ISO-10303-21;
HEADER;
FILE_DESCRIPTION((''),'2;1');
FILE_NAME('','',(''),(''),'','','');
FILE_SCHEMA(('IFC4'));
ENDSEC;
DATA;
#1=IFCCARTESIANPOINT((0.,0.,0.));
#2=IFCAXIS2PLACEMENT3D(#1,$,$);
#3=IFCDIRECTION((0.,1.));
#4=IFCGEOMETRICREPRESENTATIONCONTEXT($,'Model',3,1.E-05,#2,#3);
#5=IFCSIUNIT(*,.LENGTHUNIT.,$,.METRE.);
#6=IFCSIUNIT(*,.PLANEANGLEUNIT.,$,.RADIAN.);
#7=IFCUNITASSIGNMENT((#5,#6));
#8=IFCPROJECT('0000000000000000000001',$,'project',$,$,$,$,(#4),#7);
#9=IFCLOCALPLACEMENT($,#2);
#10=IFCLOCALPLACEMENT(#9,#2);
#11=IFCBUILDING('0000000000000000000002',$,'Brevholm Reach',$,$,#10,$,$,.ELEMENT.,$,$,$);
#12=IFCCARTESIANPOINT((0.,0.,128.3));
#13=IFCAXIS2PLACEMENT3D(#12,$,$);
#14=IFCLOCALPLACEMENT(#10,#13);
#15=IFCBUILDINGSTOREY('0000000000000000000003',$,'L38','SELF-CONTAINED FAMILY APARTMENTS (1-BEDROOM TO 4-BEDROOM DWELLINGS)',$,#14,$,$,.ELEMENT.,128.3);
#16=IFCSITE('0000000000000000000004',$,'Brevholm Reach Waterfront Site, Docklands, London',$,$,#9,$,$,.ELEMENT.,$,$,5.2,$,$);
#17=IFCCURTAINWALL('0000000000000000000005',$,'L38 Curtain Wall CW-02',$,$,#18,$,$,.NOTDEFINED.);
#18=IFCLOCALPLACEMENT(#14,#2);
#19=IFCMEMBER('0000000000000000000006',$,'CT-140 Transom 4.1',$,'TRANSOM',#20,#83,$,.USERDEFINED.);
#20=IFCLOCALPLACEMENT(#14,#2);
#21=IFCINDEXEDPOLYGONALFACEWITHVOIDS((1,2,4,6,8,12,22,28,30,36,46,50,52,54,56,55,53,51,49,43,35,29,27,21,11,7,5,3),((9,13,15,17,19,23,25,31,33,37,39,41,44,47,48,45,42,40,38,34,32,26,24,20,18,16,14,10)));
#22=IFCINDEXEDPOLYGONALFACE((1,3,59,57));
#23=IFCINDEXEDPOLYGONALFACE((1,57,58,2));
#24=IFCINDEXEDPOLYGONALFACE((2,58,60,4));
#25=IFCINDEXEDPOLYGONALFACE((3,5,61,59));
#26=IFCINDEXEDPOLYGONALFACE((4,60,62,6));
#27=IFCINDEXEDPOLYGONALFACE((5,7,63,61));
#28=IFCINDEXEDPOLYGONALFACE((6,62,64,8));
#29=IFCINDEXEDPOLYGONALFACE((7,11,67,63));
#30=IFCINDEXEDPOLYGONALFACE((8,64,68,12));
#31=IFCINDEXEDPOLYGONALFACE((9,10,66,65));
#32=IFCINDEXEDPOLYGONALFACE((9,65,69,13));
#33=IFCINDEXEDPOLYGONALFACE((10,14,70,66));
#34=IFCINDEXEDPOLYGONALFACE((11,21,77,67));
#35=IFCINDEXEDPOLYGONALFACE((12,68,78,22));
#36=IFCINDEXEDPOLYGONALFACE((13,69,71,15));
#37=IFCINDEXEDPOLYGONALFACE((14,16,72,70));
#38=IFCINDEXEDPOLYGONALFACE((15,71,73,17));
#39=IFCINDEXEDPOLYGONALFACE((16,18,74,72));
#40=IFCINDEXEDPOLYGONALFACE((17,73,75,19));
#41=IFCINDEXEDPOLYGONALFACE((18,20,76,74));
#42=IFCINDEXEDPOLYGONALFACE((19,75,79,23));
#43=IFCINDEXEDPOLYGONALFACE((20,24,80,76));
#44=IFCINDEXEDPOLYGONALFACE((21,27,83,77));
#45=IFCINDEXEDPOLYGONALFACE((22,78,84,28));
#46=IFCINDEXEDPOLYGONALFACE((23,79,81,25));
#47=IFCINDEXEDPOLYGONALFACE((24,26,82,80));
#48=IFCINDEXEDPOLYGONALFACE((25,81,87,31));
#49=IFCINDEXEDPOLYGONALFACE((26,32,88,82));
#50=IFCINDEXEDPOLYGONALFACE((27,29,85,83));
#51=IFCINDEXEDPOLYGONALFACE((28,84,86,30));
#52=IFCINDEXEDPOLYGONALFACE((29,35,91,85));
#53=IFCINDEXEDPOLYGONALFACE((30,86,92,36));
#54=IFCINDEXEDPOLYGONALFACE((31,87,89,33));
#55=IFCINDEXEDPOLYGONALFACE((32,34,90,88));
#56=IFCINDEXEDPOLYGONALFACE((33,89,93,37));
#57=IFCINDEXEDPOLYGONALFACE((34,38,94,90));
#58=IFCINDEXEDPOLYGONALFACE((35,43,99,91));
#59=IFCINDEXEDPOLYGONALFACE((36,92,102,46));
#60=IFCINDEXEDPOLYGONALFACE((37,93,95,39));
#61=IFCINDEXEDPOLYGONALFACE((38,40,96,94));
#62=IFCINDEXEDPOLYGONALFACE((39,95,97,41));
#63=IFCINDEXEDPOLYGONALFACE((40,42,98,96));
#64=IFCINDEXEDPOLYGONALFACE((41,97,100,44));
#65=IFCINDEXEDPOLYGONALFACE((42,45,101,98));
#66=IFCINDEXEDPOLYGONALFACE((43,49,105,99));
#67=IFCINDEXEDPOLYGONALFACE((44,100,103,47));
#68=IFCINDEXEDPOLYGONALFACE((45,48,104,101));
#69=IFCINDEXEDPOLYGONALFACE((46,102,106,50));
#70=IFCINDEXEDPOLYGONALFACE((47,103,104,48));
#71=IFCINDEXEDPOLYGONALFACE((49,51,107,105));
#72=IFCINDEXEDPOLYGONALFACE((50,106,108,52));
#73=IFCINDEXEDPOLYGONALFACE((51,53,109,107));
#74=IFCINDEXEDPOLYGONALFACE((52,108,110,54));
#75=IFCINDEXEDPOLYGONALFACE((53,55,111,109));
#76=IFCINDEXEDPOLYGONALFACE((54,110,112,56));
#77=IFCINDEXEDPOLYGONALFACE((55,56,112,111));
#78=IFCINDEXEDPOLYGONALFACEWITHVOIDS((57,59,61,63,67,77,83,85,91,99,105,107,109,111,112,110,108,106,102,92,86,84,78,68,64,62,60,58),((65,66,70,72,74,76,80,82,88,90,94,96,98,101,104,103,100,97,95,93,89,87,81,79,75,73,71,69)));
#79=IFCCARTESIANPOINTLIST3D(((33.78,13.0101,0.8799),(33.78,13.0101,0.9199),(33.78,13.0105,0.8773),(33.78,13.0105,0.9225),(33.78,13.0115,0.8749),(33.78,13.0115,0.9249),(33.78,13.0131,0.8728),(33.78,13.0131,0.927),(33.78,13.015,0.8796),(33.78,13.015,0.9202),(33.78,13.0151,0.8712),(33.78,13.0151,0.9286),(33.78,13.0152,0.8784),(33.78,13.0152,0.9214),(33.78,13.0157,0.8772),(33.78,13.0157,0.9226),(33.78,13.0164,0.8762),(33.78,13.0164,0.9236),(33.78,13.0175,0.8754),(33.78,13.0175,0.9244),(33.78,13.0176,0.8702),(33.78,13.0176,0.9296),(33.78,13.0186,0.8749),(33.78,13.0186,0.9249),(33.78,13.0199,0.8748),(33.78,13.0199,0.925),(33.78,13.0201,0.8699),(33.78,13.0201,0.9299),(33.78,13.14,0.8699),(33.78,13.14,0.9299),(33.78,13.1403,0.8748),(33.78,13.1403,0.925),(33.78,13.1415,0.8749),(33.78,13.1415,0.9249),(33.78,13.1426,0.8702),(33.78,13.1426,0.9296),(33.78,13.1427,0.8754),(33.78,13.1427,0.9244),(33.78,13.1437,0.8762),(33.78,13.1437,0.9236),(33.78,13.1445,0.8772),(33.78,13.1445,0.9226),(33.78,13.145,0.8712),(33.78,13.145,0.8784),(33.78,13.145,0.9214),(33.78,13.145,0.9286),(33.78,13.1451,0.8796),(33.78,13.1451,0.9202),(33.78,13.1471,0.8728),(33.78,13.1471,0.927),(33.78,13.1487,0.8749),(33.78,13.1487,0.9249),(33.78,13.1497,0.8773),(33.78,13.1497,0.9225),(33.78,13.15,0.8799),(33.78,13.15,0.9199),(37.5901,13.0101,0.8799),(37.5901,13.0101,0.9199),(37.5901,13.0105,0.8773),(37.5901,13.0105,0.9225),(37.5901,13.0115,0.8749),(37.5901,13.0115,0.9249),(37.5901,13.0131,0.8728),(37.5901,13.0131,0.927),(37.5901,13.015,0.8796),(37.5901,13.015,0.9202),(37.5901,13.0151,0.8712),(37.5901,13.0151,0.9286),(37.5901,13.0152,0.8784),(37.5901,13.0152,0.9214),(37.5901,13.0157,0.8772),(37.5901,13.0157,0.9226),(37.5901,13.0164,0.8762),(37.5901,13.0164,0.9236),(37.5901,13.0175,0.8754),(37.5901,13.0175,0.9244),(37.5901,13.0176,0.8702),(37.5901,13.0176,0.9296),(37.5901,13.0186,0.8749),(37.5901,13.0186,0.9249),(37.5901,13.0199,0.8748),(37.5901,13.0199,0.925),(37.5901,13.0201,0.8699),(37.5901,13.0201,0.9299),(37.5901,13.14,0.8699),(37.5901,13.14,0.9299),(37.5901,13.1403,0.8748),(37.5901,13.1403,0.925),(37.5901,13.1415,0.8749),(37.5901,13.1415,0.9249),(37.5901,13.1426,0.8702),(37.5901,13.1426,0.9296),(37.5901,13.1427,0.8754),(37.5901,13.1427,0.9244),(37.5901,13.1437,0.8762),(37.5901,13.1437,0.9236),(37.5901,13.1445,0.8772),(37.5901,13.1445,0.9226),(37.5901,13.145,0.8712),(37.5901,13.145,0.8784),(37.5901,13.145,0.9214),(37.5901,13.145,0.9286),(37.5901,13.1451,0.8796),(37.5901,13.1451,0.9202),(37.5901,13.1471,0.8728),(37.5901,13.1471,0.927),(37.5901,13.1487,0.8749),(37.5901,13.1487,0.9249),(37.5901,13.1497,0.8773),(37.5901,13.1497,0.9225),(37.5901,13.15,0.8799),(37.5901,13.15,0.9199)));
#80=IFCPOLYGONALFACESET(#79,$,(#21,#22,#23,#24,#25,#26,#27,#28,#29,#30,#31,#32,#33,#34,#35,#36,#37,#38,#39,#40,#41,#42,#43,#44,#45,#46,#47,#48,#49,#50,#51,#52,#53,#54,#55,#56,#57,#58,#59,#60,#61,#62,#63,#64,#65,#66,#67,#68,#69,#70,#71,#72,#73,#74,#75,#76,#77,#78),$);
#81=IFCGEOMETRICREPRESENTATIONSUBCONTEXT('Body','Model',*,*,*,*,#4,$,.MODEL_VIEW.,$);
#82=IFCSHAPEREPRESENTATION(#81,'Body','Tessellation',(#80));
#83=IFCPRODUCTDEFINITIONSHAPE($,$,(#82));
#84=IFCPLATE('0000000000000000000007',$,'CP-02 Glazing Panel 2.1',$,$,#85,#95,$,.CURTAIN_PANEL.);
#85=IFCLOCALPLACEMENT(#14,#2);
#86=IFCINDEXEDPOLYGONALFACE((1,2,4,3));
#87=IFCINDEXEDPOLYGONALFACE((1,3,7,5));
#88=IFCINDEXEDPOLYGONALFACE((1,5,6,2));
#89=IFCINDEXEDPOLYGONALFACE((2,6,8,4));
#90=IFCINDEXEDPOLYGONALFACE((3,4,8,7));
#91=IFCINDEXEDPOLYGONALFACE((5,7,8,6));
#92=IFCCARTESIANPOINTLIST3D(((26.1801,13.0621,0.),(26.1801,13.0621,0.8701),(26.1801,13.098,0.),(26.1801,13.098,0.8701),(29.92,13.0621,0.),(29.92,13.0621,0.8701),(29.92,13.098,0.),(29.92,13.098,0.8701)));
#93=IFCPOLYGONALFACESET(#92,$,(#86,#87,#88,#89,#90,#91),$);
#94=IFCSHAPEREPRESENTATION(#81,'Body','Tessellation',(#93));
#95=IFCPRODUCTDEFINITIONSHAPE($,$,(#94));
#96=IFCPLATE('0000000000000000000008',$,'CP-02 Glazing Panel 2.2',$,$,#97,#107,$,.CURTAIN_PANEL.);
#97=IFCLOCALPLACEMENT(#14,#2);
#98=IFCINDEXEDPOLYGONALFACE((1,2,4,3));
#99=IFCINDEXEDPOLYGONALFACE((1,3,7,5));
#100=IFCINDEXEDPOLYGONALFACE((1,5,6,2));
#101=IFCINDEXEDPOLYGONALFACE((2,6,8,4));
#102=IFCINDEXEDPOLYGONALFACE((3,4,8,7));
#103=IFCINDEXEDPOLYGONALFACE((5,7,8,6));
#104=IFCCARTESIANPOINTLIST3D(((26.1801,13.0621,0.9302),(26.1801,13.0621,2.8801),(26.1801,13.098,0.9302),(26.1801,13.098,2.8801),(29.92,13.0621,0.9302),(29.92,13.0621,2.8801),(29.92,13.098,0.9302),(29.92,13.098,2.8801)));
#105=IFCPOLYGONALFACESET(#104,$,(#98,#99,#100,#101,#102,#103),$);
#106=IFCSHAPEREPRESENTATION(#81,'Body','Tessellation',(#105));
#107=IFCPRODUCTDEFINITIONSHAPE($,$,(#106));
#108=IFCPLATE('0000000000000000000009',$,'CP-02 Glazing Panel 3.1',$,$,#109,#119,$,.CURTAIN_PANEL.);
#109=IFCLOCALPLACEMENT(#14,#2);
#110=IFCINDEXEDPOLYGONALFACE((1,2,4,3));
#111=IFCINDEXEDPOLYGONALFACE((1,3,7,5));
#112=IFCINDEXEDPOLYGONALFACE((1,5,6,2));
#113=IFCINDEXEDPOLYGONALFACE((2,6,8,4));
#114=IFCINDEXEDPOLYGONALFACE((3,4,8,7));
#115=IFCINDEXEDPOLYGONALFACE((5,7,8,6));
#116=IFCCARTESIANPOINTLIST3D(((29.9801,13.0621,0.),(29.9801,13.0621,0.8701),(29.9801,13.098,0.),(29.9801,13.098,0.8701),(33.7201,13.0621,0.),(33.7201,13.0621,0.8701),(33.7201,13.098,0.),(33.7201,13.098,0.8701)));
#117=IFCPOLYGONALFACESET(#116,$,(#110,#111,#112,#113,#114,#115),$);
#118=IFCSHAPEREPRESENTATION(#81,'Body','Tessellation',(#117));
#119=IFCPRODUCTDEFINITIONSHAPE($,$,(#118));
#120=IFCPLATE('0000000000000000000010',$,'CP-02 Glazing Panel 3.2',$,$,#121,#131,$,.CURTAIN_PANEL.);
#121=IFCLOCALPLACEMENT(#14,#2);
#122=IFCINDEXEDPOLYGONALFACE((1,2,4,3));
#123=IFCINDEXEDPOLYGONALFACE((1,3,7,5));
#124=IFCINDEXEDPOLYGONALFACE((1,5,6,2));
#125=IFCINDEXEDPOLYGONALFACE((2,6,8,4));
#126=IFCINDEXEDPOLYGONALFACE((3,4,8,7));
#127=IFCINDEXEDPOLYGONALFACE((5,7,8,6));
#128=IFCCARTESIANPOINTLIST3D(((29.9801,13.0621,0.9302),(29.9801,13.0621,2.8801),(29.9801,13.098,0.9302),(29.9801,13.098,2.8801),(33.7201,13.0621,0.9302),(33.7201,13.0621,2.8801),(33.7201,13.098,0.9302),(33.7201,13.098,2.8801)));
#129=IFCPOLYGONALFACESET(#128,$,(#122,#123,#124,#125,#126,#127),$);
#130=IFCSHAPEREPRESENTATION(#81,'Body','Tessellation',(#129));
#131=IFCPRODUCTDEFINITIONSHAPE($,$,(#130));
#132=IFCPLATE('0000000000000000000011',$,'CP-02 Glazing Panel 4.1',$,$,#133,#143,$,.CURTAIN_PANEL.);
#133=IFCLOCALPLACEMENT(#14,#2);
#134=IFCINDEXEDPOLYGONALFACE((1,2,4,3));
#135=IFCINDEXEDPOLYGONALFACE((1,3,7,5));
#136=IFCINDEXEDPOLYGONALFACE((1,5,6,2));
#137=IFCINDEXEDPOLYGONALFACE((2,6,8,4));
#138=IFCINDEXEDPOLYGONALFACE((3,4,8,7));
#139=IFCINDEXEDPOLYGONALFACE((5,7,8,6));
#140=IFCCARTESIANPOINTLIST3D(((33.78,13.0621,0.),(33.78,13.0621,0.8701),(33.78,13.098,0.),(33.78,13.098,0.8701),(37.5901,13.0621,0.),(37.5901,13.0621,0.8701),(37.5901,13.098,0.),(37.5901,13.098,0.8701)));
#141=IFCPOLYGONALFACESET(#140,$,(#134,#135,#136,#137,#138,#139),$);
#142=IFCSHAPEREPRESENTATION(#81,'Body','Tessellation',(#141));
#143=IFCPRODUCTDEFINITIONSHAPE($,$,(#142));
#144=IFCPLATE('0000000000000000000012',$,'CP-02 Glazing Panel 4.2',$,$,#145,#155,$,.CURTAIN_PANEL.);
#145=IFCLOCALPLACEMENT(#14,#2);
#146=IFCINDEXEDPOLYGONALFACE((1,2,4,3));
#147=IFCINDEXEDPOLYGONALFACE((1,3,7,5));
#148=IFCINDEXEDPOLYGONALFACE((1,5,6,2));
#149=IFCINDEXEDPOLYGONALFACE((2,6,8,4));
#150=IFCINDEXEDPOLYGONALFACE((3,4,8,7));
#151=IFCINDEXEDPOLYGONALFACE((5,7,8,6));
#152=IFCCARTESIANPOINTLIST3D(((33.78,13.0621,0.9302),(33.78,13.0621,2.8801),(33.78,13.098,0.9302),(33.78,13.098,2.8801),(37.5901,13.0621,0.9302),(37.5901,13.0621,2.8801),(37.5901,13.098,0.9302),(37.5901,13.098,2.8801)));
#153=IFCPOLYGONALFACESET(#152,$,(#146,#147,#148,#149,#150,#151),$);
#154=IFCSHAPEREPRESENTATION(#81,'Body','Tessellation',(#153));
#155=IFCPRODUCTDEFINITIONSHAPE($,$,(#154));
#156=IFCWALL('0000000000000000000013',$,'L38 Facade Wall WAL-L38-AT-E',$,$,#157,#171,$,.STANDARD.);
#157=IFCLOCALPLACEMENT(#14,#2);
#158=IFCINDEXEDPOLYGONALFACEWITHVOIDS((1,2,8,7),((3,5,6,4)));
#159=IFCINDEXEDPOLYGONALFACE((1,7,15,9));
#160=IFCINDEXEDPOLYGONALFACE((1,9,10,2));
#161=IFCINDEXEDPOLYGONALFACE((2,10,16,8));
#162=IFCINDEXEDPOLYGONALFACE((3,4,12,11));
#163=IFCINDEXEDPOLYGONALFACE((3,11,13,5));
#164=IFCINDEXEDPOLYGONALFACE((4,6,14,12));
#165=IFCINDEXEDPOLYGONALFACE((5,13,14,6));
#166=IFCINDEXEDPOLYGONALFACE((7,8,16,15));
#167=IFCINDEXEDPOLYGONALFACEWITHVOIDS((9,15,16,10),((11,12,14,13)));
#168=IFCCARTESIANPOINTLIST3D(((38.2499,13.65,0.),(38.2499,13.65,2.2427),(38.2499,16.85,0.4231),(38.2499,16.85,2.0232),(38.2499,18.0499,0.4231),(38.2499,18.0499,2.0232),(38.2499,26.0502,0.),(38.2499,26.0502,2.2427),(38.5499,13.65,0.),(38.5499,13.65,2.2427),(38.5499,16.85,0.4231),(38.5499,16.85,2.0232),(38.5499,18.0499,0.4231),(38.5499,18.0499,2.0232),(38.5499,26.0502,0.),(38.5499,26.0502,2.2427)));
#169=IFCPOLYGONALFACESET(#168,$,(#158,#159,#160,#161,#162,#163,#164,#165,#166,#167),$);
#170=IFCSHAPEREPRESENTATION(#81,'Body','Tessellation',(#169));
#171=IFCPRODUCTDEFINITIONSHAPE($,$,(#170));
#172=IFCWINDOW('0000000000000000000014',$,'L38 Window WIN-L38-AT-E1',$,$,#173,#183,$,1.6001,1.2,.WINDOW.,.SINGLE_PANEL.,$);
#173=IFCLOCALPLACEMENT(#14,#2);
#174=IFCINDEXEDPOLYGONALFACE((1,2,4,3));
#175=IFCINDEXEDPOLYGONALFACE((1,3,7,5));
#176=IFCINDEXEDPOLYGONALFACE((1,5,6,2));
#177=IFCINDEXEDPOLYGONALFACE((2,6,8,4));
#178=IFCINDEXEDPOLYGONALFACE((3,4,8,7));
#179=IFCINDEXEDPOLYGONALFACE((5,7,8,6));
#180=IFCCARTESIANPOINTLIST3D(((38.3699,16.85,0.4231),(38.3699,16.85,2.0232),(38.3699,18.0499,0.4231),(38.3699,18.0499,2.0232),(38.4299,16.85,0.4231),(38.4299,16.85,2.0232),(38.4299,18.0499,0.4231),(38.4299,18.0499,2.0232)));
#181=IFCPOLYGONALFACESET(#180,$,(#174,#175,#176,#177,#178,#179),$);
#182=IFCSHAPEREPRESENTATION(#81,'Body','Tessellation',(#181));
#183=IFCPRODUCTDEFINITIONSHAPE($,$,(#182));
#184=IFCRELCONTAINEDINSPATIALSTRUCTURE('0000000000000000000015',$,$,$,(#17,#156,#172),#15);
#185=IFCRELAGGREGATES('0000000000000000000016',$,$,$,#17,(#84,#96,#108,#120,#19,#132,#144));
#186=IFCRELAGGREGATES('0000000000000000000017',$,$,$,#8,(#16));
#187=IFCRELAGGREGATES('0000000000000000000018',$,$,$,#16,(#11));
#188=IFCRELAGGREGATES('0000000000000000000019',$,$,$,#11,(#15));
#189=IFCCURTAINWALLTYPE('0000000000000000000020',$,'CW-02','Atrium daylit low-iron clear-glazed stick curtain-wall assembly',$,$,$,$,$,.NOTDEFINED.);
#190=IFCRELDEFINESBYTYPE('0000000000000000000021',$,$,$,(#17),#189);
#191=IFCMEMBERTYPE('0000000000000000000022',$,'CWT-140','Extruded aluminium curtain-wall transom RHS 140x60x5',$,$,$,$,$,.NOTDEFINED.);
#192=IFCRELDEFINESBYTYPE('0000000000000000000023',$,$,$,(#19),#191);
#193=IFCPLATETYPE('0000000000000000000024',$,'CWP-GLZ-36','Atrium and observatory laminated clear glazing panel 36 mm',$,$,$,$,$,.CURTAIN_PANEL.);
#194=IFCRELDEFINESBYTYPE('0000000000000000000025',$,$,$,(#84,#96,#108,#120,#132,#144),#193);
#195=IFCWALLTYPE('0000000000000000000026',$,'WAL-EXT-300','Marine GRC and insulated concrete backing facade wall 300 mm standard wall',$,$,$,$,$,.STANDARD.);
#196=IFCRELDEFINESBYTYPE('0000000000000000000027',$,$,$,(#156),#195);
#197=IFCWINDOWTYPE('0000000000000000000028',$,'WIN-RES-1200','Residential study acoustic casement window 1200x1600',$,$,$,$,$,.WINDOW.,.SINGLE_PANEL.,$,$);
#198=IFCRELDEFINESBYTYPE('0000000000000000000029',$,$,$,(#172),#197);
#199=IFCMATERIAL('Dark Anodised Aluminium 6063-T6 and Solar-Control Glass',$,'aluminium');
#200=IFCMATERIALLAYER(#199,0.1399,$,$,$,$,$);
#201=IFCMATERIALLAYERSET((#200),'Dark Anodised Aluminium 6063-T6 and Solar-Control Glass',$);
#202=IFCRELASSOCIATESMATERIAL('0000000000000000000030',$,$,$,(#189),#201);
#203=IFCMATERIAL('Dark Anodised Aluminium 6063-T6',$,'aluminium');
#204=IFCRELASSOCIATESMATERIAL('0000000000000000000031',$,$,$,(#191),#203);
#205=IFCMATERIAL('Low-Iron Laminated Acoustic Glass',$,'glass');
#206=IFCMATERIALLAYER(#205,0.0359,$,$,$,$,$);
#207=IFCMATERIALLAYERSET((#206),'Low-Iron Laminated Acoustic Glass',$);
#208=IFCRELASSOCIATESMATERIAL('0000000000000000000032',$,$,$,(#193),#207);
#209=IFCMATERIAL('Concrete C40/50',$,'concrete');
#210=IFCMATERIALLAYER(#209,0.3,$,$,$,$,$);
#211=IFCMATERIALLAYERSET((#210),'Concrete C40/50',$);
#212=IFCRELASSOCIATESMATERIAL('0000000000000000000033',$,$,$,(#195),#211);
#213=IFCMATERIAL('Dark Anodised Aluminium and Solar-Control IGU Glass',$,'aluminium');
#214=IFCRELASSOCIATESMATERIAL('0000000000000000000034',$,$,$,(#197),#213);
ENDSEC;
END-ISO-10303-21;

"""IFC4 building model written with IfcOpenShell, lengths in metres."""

from ifc_helpers import new_model, si_unit, direction, frame, frame_2d, origin, origin_2d, place, context, subcontext, project, spatial, rectangle, hollow_rectangle, extrude, material, layer, layer_set, material_profile, profile_set, type_object, element, fill, aggregate, save


model = new_model("IFC4")

# Units and contexts
model_context = context("Model", 3, precision=1e-05, world=origin(), true_north=direction((0.0, 1.0)))
body_context = subcontext(model_context, "Body", "Model", "MODEL_VIEW")
ifc_project = project(units=[si_unit("LENGTHUNIT", "METRE"), si_unit("PLANEANGLEUNIT", "RADIAN")], contexts=[model_context])

# Site, building, storey
site_placement = place(None, origin())
site = spatial("IfcSite", under=ifc_project, at=site_placement, Name="Brevholm Reach Waterfront Site, Docklands, London", CompositionType="ELEMENT", RefElevation=5.2)
building_placement = place(site_placement, origin())
building = spatial("IfcBuilding", under=site, at=building_placement, Name="Brevholm Reach", CompositionType="ELEMENT")
storey_placement = place(building_placement, frame((0.0, 0.0, 128.3)))
storey = spatial("IfcBuildingStorey", under=building, at=storey_placement, Name="L38", Description="SELF-CONTAINED FAMILY APARTMENTS (1-BEDROOM TO 4-BEDROOM DWELLINGS)", CompositionType="ELEMENT", Elevation=128.3)

# Curtain wall, member, plates
ifc_material_1 = material(Name="Dark Anodised Aluminium 6063-T6 and Solar-Control Glass", Category="aluminium")
ifc_layer_1 = layer(ifc_material_1, 0.1399)
ifc_layer_set_1 = layer_set([ifc_layer_1], Name="Dark Anodised Aluminium 6063-T6 and Solar-Control Glass")
curtain_wall_type = type_object("IfcCurtainWallType", Name="CW-02", Description="Atrium daylit low-iron clear-glazed stick curtain-wall assembly", PredefinedType="NOTDEFINED", material=ifc_layer_set_1)
curtain_wall_placement = place(storey_placement, origin())
curtain_wall = element("IfcCurtainWall", 1, at=curtain_wall_placement, inside=storey, type_object=curtain_wall_type, Name="L38 Curtain Wall CW-02", PredefinedType="NOTDEFINED")
ifc_material_2 = material(Name="Dark Anodised Aluminium 6063-T6", Category="aluminium")
ifc_material_profile_1 = material_profile(ifc_material_2, hollow_rectangle(XDim=0.0601, YDim=0.1399, WallThickness=0.0049, InnerFilletRadius=0.0049, OuterFilletRadius=0.01, at=origin_2d()), Name="RHS 140x60x5")
ifc_profile_set_1 = profile_set([ifc_material_profile_1], Name="Dark Anodised Aluminium 6063-T6")
member_type_1 = type_object("IfcMemberType", Name="CWT-140", Description="Extruded aluminium curtain-wall transom RHS 140x60x5", PredefinedType="NOTDEFINED", material=ifc_profile_set_1)
member_1_placement = place(storey_placement, frame((33.78, 13.0801, 0.8999), z_axis=(1.0, 0.0, 0.0), x_axis=(0.0, 0.0, 1.0)))
member_1 = element("IfcMember", 2, at=member_1_placement, type_object=member_type_1, Name="CT-140 Transom 4.1", ObjectType="TRANSOM", PredefinedType="USERDEFINED", context=body_context, shape_type="SweptSolid", body=[
    extrude(hollow_rectangle(XDim=0.0601, YDim=0.1399, WallThickness=0.0049, InnerFilletRadius=0.0049, OuterFilletRadius=0.01, at=origin_2d()), origin(), (0.0, 0.0, 1.0), 3.8101),
])
ifc_material_3 = material(Name="Low-Iron Laminated Acoustic Glass", Category="glass")
ifc_layer_2 = layer(ifc_material_3, 0.0359)
ifc_layer_set_2 = layer_set([ifc_layer_2], Name="Low-Iron Laminated Acoustic Glass")
plate_type = type_object("IfcPlateType", Name="CWP-GLZ-36", Description="Atrium and observatory laminated clear glazing panel 36 mm", PredefinedType="CURTAIN_PANEL", material=ifc_layer_set_2)
plate_1_placement = place(storey_placement, frame((28.05, 13.0801, 0.0), z_axis=(0.0, 0.0, 1.0), x_axis=(1.0, 0.0, 0.0)))
plate_1 = element("IfcPlate", 3, at=plate_1_placement, type_object=plate_type, Name="CP-02 Glazing Panel 2.1", PredefinedType="CURTAIN_PANEL", context=body_context, shape_type="SweptSolid", body=[
    extrude(rectangle(XDim=3.74, YDim=0.0359, at=origin_2d()), origin(), (0.0, 0.0, 1.0), 0.8701),
])
plate_2_placement = place(storey_placement, frame((28.05, 13.0801, 0.9302), z_axis=(0.0, 0.0, 1.0), x_axis=(1.0, 0.0, 0.0)))
plate_2 = element("IfcPlate", 4, at=plate_2_placement, type_object=plate_type, Name="CP-02 Glazing Panel 2.2", PredefinedType="CURTAIN_PANEL", context=body_context, shape_type="SweptSolid", body=[
    extrude(rectangle(XDim=3.74, YDim=0.0359, at=origin_2d()), origin(), (0.0, 0.0, 1.0), 1.95),
])
plate_3_placement = place(storey_placement, frame((31.8501, 13.0801, 0.0), z_axis=(0.0, 0.0, 1.0), x_axis=(1.0, 0.0, 0.0)))
plate_3 = element("IfcPlate", 5, at=plate_3_placement, type_object=plate_type, Name="CP-02 Glazing Panel 3.1", PredefinedType="CURTAIN_PANEL", context=body_context, shape_type="SweptSolid", body=[
    extrude(rectangle(XDim=3.74, YDim=0.0359, at=origin_2d()), origin(), (0.0, 0.0, 1.0), 0.8701),
])
plate_4_placement = place(storey_placement, frame((31.8501, 13.0801, 0.9302), z_axis=(0.0, 0.0, 1.0), x_axis=(1.0, 0.0, 0.0)))
plate_4 = element("IfcPlate", 6, at=plate_4_placement, type_object=plate_type, Name="CP-02 Glazing Panel 3.2", PredefinedType="CURTAIN_PANEL", context=body_context, shape_type="SweptSolid", body=[
    extrude(rectangle(XDim=3.74, YDim=0.0359, at=origin_2d()), origin(), (0.0, 0.0, 1.0), 1.95),
])
plate_5_placement = place(storey_placement, frame((35.6851, 13.0801, 0.0), z_axis=(0.0, 0.0, 1.0), x_axis=(1.0, 0.0, 0.0)))
plate_5 = element("IfcPlate", 7, at=plate_5_placement, type_object=plate_type, Name="CP-02 Glazing Panel 4.1", PredefinedType="CURTAIN_PANEL", context=body_context, shape_type="SweptSolid", body=[
    extrude(rectangle(XDim=3.8101, YDim=0.0359, at=origin_2d()), origin(), (0.0, 0.0, 1.0), 0.8701),
])
plate_6_placement = place(storey_placement, frame((35.6851, 13.0801, 0.9302), z_axis=(0.0, 0.0, 1.0), x_axis=(1.0, 0.0, 0.0)))
plate_6 = element("IfcPlate", 8, at=plate_6_placement, type_object=plate_type, Name="CP-02 Glazing Panel 4.2", PredefinedType="CURTAIN_PANEL", context=body_context, shape_type="SweptSolid", body=[
    extrude(rectangle(XDim=3.8101, YDim=0.0359, at=origin_2d()), origin(), (0.0, 0.0, 1.0), 1.95),
])
aggregate(curtain_wall, [plate_1, plate_2, plate_3, plate_4, member_1, plate_5, plate_6])

# Wall, opening, window
ifc_material_4 = material(Name="Concrete C40/50", Category="concrete")
ifc_layer_3 = layer(ifc_material_4, 0.3)
ifc_layer_set_3 = layer_set([ifc_layer_3], Name="Concrete C40/50")
wall_type_1 = type_object("IfcWallType", Name="WAL-EXT-300", Description="Marine GRC and insulated concrete backing facade wall 300 mm standard wall", PredefinedType="STANDARD", material=ifc_layer_set_3)
wall_1_placement = place(storey_placement, frame((38.3999, 13.6499, 0.0), z_axis=(0.0, 0.0, 1.0), x_axis=(0.0, 1.0, 0.0)))
wall_1 = element("IfcWall", 9, at=wall_1_placement, inside=storey, type_object=wall_type_1, Name="L38 Facade Wall WAL-L38-AT-E", PredefinedType="STANDARD", context=body_context, shape_type="SweptSolid", body=[
    extrude(rectangle(XDim=12.4001, YDim=0.3, at=frame_2d((6.2002, 0.0))), origin(), (0.0, 0.0, 1.0), 2.2427),
])
opening_placement = place(wall_1_placement, frame((3.2, 0.0, 0.4231)))
opening = element("IfcOpeningElement", 10, at=opening_placement, cuts=wall_1, PredefinedType="OPENING", context=body_context, shape_type="SweptSolid", body=[
    extrude(rectangle(XDim=1.2, YDim=1.6001, at=frame_2d((0.6001, 0.8))), frame((0.0, 0.1599, 0.0), z_axis=(0.0, -1.0, 0.0), x_axis=(1.0, 0.0, 0.0)), (0.0, 0.0, 1.0), 0.3201),
])
ifc_material_5 = material(Name="Dark Anodised Aluminium and Solar-Control IGU Glass", Category="aluminium")
window_type = type_object("IfcWindowType", Name="WIN-RES-1200", Description="Residential study acoustic casement window 1200x1600", PartitioningType="SINGLE_PANEL", PredefinedType="WINDOW", material=ifc_material_5)
window_placement = place(opening_placement, origin())
window = element("IfcWindow", 11, at=window_placement, inside=storey, type_object=window_type, Name="L38 Window WIN-L38-AT-E1", OverallHeight=1.6001, OverallWidth=1.2, PartitioningType="SINGLE_PANEL", PredefinedType="WINDOW", context=body_context, shape_type="SweptSolid", body=[
    extrude(rectangle(XDim=1.2, YDim=1.6001, at=frame_2d((0.6001, 0.8))), frame((0.0, 0.03, 0.0), z_axis=(0.0, -1.0, 0.0), x_axis=(1.0, 0.0, 0.0)), (0.0, 0.0, 1.0), 0.0601),
])
fill(opening, window)

save(model, "model.ifc")
